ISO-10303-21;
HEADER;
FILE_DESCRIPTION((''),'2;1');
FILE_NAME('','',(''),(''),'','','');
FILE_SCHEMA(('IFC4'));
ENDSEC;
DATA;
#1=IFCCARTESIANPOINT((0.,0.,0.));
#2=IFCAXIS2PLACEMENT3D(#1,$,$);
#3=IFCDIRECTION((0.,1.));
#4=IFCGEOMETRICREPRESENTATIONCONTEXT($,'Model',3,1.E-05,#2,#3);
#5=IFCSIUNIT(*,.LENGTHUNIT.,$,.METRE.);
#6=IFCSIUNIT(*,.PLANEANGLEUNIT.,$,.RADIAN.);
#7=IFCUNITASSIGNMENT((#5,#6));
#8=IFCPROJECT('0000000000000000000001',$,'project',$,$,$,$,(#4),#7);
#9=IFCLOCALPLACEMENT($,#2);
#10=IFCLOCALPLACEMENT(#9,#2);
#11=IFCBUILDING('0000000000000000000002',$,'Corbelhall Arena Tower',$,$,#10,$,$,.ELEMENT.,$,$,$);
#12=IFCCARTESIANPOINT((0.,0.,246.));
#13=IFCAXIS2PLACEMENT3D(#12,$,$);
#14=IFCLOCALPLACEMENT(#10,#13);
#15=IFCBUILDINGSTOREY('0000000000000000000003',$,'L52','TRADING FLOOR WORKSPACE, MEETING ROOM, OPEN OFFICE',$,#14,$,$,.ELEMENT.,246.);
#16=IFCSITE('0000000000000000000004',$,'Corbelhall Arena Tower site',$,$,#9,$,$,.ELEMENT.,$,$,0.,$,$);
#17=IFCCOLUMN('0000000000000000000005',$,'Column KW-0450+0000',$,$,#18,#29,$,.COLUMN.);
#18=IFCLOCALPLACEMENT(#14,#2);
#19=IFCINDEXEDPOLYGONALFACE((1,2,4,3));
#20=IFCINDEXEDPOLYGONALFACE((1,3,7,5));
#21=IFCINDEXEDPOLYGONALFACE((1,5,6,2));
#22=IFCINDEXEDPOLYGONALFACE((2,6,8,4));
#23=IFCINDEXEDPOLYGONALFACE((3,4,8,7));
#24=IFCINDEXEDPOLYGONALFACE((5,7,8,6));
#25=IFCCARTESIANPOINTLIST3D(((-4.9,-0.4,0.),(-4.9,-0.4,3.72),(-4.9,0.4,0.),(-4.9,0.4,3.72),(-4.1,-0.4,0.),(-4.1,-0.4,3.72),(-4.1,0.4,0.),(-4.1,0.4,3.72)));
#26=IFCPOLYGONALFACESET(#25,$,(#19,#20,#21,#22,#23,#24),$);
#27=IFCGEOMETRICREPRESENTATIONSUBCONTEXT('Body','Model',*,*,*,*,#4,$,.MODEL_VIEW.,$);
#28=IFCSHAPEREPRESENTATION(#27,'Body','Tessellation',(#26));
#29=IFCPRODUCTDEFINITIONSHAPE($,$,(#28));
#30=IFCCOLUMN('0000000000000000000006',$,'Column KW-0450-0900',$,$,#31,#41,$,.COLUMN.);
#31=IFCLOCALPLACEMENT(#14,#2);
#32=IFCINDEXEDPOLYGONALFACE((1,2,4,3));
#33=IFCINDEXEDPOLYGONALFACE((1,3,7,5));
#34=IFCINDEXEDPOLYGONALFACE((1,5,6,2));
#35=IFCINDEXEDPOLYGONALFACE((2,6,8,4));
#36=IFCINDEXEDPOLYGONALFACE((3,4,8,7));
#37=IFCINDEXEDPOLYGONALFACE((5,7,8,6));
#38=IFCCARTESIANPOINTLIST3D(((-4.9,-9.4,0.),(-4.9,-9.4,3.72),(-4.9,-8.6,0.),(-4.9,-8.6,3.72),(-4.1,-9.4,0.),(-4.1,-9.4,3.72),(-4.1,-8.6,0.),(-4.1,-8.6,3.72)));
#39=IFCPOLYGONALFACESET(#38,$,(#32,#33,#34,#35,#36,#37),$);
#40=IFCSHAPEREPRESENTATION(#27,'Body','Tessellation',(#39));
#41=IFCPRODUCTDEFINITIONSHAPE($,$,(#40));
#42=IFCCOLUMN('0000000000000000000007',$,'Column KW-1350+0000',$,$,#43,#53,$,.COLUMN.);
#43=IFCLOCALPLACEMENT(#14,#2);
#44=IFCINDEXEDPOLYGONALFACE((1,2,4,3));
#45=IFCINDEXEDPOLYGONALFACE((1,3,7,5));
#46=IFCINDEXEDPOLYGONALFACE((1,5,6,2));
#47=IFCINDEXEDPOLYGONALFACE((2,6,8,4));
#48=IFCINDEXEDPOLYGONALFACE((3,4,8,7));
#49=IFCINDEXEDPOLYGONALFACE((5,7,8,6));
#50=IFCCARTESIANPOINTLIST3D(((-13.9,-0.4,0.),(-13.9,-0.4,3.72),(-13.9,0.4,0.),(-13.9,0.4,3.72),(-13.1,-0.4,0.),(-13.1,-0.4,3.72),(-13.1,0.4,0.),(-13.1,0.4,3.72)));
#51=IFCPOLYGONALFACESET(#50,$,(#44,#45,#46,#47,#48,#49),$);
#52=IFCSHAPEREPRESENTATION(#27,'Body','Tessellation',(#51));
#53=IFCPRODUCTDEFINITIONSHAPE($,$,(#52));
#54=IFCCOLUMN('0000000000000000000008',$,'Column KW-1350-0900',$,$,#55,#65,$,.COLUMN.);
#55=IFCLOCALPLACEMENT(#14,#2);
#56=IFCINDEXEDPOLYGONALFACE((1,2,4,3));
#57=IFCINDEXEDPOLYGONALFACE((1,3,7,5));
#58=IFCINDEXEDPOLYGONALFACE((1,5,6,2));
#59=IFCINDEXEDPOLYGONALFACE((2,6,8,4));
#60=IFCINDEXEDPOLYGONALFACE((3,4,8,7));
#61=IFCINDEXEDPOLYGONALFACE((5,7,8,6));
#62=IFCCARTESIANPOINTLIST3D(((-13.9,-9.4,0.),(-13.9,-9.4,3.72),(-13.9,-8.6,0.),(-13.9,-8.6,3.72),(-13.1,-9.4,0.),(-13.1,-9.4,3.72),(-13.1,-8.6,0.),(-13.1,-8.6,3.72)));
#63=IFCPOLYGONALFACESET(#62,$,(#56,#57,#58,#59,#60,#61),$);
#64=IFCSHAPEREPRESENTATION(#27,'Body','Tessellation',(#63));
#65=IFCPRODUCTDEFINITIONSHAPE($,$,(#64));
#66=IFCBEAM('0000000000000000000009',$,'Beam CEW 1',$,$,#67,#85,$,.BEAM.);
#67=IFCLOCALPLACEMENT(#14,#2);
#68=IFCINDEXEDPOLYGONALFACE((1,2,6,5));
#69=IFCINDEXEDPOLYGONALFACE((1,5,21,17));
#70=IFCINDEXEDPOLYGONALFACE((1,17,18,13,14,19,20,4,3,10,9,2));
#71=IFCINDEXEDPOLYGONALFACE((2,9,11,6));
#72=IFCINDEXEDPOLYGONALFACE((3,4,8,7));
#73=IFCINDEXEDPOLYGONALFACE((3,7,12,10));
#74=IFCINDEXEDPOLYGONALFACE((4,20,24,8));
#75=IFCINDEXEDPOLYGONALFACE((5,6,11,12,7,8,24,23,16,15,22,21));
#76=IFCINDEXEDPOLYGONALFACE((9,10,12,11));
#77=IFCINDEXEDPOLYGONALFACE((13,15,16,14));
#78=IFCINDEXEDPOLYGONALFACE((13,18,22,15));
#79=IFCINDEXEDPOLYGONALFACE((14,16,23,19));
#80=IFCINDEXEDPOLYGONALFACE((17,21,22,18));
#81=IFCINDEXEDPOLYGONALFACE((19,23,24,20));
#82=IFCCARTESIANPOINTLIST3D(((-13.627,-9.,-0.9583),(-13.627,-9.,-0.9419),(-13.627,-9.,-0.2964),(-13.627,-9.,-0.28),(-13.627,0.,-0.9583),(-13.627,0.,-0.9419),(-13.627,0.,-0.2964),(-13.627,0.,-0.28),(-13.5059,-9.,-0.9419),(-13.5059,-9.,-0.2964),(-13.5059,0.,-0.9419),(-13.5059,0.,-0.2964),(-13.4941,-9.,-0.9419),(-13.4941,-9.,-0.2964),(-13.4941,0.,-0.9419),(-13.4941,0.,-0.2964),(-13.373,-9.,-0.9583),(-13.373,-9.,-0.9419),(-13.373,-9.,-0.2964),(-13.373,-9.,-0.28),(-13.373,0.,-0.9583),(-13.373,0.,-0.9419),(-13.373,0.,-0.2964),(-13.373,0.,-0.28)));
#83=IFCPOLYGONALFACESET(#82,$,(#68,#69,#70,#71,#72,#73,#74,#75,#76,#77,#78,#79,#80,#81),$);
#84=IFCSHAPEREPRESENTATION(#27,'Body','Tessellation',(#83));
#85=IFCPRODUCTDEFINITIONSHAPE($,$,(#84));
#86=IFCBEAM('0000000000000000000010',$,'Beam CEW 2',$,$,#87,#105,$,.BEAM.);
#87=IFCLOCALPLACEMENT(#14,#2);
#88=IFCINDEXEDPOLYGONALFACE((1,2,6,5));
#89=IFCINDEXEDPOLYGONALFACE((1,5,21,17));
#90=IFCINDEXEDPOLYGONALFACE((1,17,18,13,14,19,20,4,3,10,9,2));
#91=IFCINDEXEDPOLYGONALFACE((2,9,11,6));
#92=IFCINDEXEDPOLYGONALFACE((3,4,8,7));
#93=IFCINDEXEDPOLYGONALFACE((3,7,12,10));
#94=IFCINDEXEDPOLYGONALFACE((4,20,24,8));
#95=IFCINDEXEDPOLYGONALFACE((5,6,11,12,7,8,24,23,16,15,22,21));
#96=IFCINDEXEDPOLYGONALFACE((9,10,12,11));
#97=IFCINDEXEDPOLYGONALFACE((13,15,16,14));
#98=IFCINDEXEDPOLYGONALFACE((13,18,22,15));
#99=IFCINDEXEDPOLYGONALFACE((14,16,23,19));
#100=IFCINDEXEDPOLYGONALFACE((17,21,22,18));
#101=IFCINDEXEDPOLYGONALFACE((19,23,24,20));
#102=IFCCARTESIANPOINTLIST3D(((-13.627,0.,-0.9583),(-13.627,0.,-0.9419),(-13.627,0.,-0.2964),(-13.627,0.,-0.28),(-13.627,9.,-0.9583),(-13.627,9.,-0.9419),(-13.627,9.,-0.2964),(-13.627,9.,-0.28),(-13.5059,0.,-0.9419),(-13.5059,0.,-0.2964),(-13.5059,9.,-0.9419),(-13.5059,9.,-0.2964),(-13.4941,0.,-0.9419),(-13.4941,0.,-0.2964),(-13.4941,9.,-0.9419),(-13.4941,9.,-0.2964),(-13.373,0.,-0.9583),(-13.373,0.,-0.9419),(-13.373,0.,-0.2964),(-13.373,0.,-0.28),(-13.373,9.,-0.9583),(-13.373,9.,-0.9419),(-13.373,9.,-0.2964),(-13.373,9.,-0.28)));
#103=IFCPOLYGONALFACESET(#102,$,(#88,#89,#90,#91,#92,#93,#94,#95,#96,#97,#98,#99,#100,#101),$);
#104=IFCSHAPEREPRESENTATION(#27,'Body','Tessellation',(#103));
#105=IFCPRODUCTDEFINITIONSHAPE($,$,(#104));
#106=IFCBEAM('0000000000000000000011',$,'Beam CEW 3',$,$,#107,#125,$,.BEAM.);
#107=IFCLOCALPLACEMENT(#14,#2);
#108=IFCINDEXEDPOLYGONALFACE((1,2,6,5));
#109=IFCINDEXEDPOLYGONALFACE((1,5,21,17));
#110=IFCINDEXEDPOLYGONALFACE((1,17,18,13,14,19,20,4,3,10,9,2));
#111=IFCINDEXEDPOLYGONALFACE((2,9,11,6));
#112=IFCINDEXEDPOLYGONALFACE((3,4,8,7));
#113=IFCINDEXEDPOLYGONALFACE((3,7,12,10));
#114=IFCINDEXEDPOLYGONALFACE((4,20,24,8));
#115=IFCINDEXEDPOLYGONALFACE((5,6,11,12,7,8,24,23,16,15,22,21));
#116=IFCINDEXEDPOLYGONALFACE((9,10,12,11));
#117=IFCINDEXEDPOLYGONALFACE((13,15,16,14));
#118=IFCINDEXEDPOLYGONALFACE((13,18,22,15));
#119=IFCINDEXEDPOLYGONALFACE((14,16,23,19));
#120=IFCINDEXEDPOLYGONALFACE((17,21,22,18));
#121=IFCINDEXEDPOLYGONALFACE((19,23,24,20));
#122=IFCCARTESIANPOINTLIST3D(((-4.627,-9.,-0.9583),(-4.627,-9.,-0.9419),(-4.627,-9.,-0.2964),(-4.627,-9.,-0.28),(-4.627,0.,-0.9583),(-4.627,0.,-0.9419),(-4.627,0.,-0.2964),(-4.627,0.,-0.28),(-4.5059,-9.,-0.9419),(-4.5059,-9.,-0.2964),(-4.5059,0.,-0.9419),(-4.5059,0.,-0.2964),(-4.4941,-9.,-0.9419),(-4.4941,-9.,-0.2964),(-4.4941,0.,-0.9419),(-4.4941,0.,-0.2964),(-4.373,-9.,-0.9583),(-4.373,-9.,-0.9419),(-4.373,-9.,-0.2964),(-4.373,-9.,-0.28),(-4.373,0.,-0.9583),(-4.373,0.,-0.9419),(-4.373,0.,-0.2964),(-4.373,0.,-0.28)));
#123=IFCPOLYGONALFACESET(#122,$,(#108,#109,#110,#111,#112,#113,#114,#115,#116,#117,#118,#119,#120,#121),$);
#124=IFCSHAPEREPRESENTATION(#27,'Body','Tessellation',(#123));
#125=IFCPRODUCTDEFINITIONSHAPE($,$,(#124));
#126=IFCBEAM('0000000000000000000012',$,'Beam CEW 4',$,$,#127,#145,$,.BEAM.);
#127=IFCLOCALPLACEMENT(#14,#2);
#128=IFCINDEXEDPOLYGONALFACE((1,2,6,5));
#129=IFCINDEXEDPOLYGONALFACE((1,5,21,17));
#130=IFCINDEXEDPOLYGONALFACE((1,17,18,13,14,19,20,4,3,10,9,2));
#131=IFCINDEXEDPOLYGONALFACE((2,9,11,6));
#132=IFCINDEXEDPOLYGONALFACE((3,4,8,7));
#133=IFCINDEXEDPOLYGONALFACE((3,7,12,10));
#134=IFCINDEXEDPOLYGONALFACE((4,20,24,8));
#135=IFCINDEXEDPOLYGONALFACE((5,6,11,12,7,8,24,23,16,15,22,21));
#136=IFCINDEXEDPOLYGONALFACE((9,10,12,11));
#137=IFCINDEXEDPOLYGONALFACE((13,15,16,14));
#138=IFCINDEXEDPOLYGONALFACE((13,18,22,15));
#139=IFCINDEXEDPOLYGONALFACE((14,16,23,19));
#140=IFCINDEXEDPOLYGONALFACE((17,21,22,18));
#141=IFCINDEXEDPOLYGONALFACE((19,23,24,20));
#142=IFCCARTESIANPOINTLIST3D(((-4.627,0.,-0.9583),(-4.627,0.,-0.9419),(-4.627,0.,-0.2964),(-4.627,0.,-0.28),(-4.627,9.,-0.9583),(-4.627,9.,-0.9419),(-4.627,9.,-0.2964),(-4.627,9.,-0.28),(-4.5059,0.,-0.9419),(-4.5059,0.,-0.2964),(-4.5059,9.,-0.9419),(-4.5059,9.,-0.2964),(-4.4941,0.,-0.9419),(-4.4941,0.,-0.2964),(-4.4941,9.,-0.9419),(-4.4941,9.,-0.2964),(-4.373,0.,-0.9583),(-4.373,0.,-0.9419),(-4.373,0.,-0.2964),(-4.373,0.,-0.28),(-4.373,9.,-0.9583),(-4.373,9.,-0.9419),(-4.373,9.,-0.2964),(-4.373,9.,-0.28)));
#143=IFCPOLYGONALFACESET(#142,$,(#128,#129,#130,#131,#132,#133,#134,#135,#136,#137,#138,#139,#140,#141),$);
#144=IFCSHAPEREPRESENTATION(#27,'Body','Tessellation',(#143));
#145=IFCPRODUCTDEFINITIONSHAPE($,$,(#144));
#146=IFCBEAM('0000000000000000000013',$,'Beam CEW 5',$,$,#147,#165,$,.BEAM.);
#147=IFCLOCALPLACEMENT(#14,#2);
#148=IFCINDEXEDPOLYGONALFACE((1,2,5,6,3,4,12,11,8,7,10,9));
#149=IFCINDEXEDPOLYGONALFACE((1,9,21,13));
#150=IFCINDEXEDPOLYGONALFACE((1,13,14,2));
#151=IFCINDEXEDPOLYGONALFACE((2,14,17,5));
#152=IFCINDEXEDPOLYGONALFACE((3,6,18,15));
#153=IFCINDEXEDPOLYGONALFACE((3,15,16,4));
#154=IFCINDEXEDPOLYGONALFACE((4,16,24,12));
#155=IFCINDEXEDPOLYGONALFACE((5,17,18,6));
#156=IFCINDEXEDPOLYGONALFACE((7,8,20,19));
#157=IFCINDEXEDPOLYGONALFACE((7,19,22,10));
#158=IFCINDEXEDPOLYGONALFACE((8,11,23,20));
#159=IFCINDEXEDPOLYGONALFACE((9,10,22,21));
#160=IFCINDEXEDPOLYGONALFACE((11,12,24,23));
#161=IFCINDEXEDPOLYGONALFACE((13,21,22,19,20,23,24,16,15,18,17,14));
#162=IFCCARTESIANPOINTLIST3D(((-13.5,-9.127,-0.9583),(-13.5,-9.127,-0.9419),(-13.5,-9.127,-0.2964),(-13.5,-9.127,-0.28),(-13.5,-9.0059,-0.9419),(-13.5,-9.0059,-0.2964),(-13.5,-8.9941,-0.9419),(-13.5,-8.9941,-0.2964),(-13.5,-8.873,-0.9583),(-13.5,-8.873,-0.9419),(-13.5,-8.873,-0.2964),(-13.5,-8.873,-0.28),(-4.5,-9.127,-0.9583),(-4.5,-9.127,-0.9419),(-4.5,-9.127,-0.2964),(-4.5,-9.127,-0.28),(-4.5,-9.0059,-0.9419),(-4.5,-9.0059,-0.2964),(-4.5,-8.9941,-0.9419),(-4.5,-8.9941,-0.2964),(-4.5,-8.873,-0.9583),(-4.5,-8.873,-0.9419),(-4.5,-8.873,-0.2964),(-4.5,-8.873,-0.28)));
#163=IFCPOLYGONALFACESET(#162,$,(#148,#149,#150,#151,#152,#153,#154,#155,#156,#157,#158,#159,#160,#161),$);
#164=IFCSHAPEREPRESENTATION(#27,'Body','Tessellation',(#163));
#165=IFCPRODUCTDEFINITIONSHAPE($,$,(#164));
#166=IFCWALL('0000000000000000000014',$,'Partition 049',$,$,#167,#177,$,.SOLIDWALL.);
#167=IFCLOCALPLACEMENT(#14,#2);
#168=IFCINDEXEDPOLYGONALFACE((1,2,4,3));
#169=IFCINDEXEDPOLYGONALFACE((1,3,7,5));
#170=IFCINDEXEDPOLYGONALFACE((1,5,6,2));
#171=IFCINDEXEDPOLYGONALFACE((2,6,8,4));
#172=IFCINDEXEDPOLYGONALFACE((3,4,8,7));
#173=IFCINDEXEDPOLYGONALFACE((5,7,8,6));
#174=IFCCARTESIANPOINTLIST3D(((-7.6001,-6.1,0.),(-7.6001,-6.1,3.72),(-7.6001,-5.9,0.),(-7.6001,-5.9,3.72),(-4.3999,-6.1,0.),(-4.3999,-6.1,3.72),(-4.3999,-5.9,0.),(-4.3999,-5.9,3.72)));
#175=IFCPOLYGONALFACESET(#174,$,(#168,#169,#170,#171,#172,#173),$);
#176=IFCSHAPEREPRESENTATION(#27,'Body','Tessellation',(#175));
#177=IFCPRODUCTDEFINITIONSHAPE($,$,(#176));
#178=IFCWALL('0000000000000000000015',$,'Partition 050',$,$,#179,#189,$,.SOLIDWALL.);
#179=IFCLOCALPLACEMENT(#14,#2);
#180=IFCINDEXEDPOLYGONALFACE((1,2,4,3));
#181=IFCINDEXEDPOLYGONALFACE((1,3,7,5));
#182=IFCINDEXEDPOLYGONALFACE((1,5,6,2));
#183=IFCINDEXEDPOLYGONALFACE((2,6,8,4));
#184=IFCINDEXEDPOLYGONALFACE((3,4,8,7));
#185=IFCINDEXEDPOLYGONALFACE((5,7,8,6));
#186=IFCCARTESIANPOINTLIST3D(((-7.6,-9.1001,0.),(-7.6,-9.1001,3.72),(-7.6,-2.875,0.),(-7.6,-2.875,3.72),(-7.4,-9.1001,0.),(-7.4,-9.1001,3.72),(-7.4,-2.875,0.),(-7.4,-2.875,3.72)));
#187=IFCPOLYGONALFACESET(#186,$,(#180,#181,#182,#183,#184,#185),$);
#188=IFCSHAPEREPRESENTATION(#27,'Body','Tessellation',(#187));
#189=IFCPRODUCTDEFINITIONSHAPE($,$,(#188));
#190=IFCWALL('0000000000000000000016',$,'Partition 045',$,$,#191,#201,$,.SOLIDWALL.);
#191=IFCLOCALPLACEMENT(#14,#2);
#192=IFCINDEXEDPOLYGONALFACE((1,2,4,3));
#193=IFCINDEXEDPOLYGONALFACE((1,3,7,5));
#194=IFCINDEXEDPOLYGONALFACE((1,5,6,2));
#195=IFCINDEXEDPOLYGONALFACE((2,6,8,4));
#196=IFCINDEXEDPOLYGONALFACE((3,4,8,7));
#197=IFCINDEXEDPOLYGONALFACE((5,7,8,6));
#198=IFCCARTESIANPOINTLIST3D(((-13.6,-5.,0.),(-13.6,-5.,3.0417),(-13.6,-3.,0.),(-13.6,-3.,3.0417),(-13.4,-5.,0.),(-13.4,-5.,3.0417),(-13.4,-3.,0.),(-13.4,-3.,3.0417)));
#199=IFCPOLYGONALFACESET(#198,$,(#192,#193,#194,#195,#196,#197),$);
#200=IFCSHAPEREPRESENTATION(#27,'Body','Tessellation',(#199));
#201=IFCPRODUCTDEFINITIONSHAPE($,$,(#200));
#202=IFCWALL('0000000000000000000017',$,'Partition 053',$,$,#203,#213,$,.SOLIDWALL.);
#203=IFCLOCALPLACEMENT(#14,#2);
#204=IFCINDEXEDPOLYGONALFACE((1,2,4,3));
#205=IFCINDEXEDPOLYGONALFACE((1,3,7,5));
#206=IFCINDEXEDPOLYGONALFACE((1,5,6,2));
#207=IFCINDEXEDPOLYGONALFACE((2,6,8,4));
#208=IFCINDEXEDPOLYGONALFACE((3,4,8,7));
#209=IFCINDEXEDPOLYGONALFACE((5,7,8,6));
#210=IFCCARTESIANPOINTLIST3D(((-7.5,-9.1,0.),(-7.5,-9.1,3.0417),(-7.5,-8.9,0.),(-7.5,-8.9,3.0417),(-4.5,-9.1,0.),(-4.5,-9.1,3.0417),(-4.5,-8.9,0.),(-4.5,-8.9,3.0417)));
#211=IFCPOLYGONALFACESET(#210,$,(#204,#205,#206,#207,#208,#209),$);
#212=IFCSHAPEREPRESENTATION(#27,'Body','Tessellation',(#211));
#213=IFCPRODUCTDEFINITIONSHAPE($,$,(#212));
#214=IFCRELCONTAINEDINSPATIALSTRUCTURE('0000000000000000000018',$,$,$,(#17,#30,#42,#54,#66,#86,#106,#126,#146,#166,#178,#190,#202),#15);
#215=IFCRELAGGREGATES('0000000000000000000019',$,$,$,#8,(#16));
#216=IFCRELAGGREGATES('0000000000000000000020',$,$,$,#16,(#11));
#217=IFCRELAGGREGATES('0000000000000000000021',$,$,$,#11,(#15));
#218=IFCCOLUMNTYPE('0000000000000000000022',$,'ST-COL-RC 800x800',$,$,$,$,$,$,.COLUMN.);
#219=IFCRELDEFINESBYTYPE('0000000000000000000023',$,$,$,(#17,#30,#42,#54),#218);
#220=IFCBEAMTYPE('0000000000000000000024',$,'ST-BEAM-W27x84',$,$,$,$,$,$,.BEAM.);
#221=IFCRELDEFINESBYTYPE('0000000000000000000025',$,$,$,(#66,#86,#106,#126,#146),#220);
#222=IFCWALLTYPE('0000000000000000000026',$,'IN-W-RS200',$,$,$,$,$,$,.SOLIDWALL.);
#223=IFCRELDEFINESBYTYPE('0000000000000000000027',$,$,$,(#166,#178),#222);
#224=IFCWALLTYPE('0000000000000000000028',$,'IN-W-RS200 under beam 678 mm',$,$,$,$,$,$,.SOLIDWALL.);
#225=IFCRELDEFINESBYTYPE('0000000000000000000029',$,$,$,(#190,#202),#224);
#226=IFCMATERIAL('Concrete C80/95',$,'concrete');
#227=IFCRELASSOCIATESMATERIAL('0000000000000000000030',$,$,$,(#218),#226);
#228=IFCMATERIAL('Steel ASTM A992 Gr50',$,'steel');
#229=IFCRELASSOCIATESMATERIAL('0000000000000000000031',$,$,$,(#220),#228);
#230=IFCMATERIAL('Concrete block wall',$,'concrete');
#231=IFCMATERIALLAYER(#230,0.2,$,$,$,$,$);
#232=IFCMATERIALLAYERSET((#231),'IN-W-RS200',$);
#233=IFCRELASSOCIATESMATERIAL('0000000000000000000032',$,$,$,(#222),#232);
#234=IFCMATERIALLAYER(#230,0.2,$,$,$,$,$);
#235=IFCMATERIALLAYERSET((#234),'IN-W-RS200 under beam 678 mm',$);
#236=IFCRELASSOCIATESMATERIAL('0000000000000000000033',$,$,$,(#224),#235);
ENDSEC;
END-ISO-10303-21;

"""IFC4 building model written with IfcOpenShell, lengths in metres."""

from ifc_helpers import new_model, si_unit, direction, frame, frame_2d, origin, origin_2d, place, context, subcontext, project, spatial, rectangle, i_section, extrude, material, layer, layer_set, material_profile, profile_set, type_object, element, save


model = new_model("IFC4")

# Units and contexts
model_context = context("Model", 3, precision=1e-05, world=origin(), true_north=direction((0.0, 1.0)))
body_context = subcontext(model_context, "Body", "Model", "MODEL_VIEW")
ifc_project = project(units=[si_unit("LENGTHUNIT", "METRE"), si_unit("PLANEANGLEUNIT", "RADIAN")], contexts=[model_context])

# Site, building, storey
site_placement = place(None, origin())
site = spatial("IfcSite", under=ifc_project, at=site_placement, Name="Corbelhall Arena Tower site", CompositionType="ELEMENT", RefElevation=0.0)
building_placement = place(site_placement, origin())
building = spatial("IfcBuilding", under=site, at=building_placement, Name="Corbelhall Arena Tower", CompositionType="ELEMENT")
storey_placement = place(building_placement, frame((0.0, 0.0, 246.0)))
storey = spatial("IfcBuildingStorey", under=building, at=storey_placement, Name="L52", Description="TRADING FLOOR WORKSPACE, MEETING ROOM, OPEN OFFICE", CompositionType="ELEMENT", Elevation=246.0)

# Columns
ifc_material_1 = material(Name="Concrete C80/95", Category="concrete")
ifc_material_profile_1 = material_profile(ifc_material_1, rectangle(XDim=0.8, YDim=0.8, at=origin_2d()))
ifc_profile_set_1 = profile_set([ifc_material_profile_1], Name="Concrete C80/95")
column_type = type_object("IfcColumnType", Name="ST-COL-RC 800x800", PredefinedType="COLUMN", material=ifc_profile_set_1)
for number, where, z_axis, x_axis, name in (
    (1, (-4.5, 0.0, 0.0), (0.0, 0.0, 1.0), (1.0, 0.0, 0.0), "Column KW-0450+0000"),
    (2, (-4.5, -9.0, 0.0), (0.0, 0.0, 1.0), (1.0, 0.0, 0.0), "Column KW-0450-0900"),
    (3, (-13.5, 0.0, 0.0), (0.0, 0.0, 1.0), (1.0, 0.0, 0.0), "Column KW-1350+0000"),
    (4, (-13.5, -9.0, 0.0), (0.0, 0.0, 1.0), (1.0, 0.0, 0.0), "Column KW-1350-0900"),
):
    element("IfcColumn", number, at=place(storey_placement, frame(where, z_axis=z_axis, x_axis=x_axis)), inside=storey, type_object=column_type, Name=name, PredefinedType="COLUMN", context=body_context, shape_type="SweptSolid", body=[
        extrude(rectangle(XDim=0.8, YDim=0.8, at=origin_2d()), origin(), (0.0, 0.0, 1.0), 3.72),
    ])

# Beams
ifc_material_2 = material(Name="Steel ASTM A992 Gr50", Category="steel")
ifc_material_profile_2 = material_profile(ifc_material_2, i_section(OverallWidth=0.2539, OverallDepth=0.6782, WebThickness=0.0117, FlangeThickness=0.0164, at=origin_2d()))
ifc_profile_set_2 = profile_set([ifc_material_profile_2], Name="Steel ASTM A992 Gr50")
beam_type = type_object("IfcBeamType", Name="ST-BEAM-W27x84", PredefinedType="BEAM", material=ifc_profile_set_2)
for number, where, z_axis, x_axis, name in (
    (5, (-13.5, -9.0, -0.6191), (0.0, 1.0, 0.0), (-1.0, 0.0, 0.0), "Beam CEW 1"),
    (6, (-13.5, 0.0, -0.6191), (0.0, 1.0, 0.0), (-1.0, 0.0, 0.0), "Beam CEW 2"),
    (7, (-4.5, -9.0, -0.6191), (0.0, 1.0, 0.0), (-1.0, 0.0, 0.0), "Beam CEW 3"),
    (8, (-4.5, 0.0, -0.6191), (0.0, 1.0, 0.0), (-1.0, 0.0, 0.0), "Beam CEW 4"),
    (9, (-13.5, -9.0, -0.6191), (1.0, 0.0, 0.0), (0.0, 1.0, 0.0), "Beam CEW 5"),
):
    element("IfcBeam", number, at=place(storey_placement, frame(where, z_axis=z_axis, x_axis=x_axis)), inside=storey, type_object=beam_type, Name=name, PredefinedType="BEAM", context=body_context, shape_type="SweptSolid", body=[
        extrude(i_section(OverallWidth=0.2539, OverallDepth=0.6782, WebThickness=0.0117, FlangeThickness=0.0164, at=origin_2d()), origin(), (0.0, 0.0, 1.0), 9.0),
    ])

# Shared definitions
ifc_material_3 = material(Name="Concrete block wall", Category="concrete")
ifc_layer_1 = layer(ifc_material_3, 0.2)
ifc_layer_set_1 = layer_set([ifc_layer_1], Name="IN-W-RS200")
wall_type_1 = type_object("IfcWallType", Name="IN-W-RS200", PredefinedType="SOLIDWALL", material=ifc_layer_set_1)

# Walls
wall_1_placement = place(storey_placement, frame((-7.6001, -6.0, 0.0), z_axis=(0.0, 0.0, 1.0), x_axis=(1.0, 0.0, 0.0)))
element("IfcWall", 10, at=wall_1_placement, inside=storey, type_object=wall_type_1, Name="Partition 049", PredefinedType="SOLIDWALL", context=body_context, shape_type="SweptSolid", body=[
    extrude(rectangle(XDim=3.2002, YDim=0.2, at=frame_2d((1.6001, 0.0))), origin(), (0.0, 0.0, 1.0), 3.72),
])
wall_2_placement = place(storey_placement, frame((-7.5, -9.1001, 0.0), z_axis=(0.0, 0.0, 1.0), x_axis=(0.0, 1.0, 0.0)))
element("IfcWall", 11, at=wall_2_placement, inside=storey, type_object=wall_type_1, Name="Partition 050", PredefinedType="SOLIDWALL", context=body_context, shape_type="SweptSolid", body=[
    extrude(rectangle(XDim=6.2251, YDim=0.2, at=frame_2d((3.1125, 0.0))), origin(), (0.0, 0.0, 1.0), 3.72),
])
ifc_layer_2 = layer(ifc_material_3, 0.2)
ifc_layer_set_2 = layer_set([ifc_layer_2], Name="IN-W-RS200 under beam 678 mm")
wall_type_2 = type_object("IfcWallType", Name="IN-W-RS200 under beam 678 mm", PredefinedType="SOLIDWALL", material=ifc_layer_set_2)
wall_3_placement = place(storey_placement, frame((-13.5, -5.0, 0.0), z_axis=(0.0, 0.0, 1.0), x_axis=(0.0, 1.0, 0.0)))
element("IfcWall", 12, at=wall_3_placement, inside=storey, type_object=wall_type_2, Name="Partition 045", PredefinedType="SOLIDWALL", context=body_context, shape_type="SweptSolid", body=[
    extrude(rectangle(XDim=2.0, YDim=0.2, at=frame_2d((1.0, 0.0))), origin(), (0.0, 0.0, 1.0), 3.0417),
])
wall_4_placement = place(storey_placement, frame((-4.5, -9.0, 0.0), z_axis=(0.0, 0.0, 1.0), x_axis=(-1.0, 0.0, 0.0)))
element("IfcWall", 13, at=wall_4_placement, inside=storey, type_object=wall_type_2, Name="Partition 053", PredefinedType="SOLIDWALL", context=body_context, shape_type="SweptSolid", body=[
    extrude(rectangle(XDim=3.0, YDim=0.2, at=frame_2d((1.5, 0.0))), origin(), (0.0, 0.0, 1.0), 3.0417),
])

save(model, "model.ifc")
